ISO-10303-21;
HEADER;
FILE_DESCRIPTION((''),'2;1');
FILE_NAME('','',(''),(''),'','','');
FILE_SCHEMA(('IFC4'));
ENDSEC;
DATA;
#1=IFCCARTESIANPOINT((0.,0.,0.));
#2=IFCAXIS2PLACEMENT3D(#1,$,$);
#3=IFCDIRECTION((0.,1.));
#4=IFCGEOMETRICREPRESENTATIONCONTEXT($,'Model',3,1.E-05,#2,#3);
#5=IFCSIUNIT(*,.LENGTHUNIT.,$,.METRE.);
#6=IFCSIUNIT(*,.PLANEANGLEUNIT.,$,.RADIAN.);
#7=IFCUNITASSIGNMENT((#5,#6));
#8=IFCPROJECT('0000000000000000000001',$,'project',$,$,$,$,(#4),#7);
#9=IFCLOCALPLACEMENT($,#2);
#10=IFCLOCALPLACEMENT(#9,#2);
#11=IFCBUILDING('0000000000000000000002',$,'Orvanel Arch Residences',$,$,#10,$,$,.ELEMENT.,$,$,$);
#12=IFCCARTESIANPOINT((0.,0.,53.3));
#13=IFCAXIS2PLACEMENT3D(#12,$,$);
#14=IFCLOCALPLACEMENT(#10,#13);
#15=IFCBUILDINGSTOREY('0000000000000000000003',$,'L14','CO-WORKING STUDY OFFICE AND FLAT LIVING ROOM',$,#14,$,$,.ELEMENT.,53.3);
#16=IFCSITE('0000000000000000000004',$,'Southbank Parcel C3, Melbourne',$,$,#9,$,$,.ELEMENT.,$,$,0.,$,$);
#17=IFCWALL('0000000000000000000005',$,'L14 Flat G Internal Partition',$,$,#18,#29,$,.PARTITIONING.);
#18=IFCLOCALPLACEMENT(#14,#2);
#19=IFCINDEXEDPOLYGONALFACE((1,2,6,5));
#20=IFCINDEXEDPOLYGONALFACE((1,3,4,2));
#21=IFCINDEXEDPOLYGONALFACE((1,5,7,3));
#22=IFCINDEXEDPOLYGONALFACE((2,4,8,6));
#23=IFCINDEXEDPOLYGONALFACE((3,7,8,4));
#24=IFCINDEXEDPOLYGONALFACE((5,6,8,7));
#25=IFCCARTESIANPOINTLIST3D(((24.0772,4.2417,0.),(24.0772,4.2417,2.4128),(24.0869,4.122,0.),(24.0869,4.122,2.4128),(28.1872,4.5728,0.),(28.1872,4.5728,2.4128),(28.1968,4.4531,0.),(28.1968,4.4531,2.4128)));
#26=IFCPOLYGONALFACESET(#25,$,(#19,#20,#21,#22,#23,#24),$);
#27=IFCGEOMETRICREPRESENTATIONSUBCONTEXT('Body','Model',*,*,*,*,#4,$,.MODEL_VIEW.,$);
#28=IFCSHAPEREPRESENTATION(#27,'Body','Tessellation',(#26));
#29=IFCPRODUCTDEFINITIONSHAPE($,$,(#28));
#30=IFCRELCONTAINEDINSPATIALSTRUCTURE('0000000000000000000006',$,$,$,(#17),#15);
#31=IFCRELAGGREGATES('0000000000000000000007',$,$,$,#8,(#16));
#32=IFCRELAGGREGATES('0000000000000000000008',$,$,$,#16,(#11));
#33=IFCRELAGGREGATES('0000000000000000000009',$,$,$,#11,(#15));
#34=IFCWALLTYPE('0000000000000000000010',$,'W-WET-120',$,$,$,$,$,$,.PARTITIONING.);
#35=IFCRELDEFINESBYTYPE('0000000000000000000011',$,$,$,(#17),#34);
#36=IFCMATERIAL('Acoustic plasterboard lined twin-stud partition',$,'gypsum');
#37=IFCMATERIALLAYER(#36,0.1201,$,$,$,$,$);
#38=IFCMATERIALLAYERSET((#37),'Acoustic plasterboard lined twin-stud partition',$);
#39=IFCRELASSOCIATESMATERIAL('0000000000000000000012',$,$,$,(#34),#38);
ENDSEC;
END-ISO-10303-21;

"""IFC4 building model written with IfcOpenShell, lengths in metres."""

from ifc_helpers import new_model, si_unit, direction, frame, frame_2d, origin, place, context, subcontext, project, spatial, rectangle, extrude, material, layer, layer_set, type_object, element, save


model = new_model("IFC4")

# Units and contexts
model_context = context("Model", 3, precision=1e-05, world=origin(), true_north=direction((0.0, 1.0)))
body_context = subcontext(model_context, "Body", "Model", "MODEL_VIEW")
ifc_project = project(units=[si_unit("LENGTHUNIT", "METRE"), si_unit("PLANEANGLEUNIT", "RADIAN")], contexts=[model_context])

# Site, building, storey
site_placement = place(None, origin())
site = spatial("IfcSite", under=ifc_project, at=site_placement, Name="Southbank Parcel C3, Melbourne", CompositionType="ELEMENT", RefElevation=0.0)
building_placement = place(site_placement, origin())
building = spatial("IfcBuilding", under=site, at=building_placement, Name="Orvanel Arch Residences", CompositionType="ELEMENT")
storey_placement = place(building_placement, frame((0.0, 0.0, 53.3)))
storey = spatial("IfcBuildingStorey", under=building, at=storey_placement, Name="L14", Description="CO-WORKING STUDY OFFICE AND FLAT LIVING ROOM", CompositionType="ELEMENT", Elevation=53.3)

# Shared definitions
ifc_material_1 = material(Name="Acoustic plasterboard lined twin-stud partition", Category="gypsum")

# Shared definitions
ifc_layer_1 = layer(ifc_material_1, 0.1201)
ifc_layer_set_1 = layer_set([ifc_layer_1], Name="Acoustic plasterboard lined twin-stud partition")
wall_type_1 = type_object("IfcWallType", Name="W-WET-120", PredefinedType="PARTITIONING", material=ifc_layer_set_1)

# Wall
wall_1_placement = place(storey_placement, frame((28.1919, 4.5129, 0.0), z_axis=(0.0, 0.0, 1.0), x_axis=(-0.996771, -0.080291, 0.0)))
element("IfcWall", 1, at=wall_1_placement, inside=storey, type_object=wall_type_1, Name="L14 Flat G Internal Partition", PredefinedType="PARTITIONING", context=body_context, shape_type="SweptSolid", body=[
    extrude(rectangle(XDim=4.1233, YDim=0.1201, at=frame_2d((2.0615, 0.0))), origin(), (0.0, 0.0, 1.0), 2.4128),
])

save(model, "model.ifc")
